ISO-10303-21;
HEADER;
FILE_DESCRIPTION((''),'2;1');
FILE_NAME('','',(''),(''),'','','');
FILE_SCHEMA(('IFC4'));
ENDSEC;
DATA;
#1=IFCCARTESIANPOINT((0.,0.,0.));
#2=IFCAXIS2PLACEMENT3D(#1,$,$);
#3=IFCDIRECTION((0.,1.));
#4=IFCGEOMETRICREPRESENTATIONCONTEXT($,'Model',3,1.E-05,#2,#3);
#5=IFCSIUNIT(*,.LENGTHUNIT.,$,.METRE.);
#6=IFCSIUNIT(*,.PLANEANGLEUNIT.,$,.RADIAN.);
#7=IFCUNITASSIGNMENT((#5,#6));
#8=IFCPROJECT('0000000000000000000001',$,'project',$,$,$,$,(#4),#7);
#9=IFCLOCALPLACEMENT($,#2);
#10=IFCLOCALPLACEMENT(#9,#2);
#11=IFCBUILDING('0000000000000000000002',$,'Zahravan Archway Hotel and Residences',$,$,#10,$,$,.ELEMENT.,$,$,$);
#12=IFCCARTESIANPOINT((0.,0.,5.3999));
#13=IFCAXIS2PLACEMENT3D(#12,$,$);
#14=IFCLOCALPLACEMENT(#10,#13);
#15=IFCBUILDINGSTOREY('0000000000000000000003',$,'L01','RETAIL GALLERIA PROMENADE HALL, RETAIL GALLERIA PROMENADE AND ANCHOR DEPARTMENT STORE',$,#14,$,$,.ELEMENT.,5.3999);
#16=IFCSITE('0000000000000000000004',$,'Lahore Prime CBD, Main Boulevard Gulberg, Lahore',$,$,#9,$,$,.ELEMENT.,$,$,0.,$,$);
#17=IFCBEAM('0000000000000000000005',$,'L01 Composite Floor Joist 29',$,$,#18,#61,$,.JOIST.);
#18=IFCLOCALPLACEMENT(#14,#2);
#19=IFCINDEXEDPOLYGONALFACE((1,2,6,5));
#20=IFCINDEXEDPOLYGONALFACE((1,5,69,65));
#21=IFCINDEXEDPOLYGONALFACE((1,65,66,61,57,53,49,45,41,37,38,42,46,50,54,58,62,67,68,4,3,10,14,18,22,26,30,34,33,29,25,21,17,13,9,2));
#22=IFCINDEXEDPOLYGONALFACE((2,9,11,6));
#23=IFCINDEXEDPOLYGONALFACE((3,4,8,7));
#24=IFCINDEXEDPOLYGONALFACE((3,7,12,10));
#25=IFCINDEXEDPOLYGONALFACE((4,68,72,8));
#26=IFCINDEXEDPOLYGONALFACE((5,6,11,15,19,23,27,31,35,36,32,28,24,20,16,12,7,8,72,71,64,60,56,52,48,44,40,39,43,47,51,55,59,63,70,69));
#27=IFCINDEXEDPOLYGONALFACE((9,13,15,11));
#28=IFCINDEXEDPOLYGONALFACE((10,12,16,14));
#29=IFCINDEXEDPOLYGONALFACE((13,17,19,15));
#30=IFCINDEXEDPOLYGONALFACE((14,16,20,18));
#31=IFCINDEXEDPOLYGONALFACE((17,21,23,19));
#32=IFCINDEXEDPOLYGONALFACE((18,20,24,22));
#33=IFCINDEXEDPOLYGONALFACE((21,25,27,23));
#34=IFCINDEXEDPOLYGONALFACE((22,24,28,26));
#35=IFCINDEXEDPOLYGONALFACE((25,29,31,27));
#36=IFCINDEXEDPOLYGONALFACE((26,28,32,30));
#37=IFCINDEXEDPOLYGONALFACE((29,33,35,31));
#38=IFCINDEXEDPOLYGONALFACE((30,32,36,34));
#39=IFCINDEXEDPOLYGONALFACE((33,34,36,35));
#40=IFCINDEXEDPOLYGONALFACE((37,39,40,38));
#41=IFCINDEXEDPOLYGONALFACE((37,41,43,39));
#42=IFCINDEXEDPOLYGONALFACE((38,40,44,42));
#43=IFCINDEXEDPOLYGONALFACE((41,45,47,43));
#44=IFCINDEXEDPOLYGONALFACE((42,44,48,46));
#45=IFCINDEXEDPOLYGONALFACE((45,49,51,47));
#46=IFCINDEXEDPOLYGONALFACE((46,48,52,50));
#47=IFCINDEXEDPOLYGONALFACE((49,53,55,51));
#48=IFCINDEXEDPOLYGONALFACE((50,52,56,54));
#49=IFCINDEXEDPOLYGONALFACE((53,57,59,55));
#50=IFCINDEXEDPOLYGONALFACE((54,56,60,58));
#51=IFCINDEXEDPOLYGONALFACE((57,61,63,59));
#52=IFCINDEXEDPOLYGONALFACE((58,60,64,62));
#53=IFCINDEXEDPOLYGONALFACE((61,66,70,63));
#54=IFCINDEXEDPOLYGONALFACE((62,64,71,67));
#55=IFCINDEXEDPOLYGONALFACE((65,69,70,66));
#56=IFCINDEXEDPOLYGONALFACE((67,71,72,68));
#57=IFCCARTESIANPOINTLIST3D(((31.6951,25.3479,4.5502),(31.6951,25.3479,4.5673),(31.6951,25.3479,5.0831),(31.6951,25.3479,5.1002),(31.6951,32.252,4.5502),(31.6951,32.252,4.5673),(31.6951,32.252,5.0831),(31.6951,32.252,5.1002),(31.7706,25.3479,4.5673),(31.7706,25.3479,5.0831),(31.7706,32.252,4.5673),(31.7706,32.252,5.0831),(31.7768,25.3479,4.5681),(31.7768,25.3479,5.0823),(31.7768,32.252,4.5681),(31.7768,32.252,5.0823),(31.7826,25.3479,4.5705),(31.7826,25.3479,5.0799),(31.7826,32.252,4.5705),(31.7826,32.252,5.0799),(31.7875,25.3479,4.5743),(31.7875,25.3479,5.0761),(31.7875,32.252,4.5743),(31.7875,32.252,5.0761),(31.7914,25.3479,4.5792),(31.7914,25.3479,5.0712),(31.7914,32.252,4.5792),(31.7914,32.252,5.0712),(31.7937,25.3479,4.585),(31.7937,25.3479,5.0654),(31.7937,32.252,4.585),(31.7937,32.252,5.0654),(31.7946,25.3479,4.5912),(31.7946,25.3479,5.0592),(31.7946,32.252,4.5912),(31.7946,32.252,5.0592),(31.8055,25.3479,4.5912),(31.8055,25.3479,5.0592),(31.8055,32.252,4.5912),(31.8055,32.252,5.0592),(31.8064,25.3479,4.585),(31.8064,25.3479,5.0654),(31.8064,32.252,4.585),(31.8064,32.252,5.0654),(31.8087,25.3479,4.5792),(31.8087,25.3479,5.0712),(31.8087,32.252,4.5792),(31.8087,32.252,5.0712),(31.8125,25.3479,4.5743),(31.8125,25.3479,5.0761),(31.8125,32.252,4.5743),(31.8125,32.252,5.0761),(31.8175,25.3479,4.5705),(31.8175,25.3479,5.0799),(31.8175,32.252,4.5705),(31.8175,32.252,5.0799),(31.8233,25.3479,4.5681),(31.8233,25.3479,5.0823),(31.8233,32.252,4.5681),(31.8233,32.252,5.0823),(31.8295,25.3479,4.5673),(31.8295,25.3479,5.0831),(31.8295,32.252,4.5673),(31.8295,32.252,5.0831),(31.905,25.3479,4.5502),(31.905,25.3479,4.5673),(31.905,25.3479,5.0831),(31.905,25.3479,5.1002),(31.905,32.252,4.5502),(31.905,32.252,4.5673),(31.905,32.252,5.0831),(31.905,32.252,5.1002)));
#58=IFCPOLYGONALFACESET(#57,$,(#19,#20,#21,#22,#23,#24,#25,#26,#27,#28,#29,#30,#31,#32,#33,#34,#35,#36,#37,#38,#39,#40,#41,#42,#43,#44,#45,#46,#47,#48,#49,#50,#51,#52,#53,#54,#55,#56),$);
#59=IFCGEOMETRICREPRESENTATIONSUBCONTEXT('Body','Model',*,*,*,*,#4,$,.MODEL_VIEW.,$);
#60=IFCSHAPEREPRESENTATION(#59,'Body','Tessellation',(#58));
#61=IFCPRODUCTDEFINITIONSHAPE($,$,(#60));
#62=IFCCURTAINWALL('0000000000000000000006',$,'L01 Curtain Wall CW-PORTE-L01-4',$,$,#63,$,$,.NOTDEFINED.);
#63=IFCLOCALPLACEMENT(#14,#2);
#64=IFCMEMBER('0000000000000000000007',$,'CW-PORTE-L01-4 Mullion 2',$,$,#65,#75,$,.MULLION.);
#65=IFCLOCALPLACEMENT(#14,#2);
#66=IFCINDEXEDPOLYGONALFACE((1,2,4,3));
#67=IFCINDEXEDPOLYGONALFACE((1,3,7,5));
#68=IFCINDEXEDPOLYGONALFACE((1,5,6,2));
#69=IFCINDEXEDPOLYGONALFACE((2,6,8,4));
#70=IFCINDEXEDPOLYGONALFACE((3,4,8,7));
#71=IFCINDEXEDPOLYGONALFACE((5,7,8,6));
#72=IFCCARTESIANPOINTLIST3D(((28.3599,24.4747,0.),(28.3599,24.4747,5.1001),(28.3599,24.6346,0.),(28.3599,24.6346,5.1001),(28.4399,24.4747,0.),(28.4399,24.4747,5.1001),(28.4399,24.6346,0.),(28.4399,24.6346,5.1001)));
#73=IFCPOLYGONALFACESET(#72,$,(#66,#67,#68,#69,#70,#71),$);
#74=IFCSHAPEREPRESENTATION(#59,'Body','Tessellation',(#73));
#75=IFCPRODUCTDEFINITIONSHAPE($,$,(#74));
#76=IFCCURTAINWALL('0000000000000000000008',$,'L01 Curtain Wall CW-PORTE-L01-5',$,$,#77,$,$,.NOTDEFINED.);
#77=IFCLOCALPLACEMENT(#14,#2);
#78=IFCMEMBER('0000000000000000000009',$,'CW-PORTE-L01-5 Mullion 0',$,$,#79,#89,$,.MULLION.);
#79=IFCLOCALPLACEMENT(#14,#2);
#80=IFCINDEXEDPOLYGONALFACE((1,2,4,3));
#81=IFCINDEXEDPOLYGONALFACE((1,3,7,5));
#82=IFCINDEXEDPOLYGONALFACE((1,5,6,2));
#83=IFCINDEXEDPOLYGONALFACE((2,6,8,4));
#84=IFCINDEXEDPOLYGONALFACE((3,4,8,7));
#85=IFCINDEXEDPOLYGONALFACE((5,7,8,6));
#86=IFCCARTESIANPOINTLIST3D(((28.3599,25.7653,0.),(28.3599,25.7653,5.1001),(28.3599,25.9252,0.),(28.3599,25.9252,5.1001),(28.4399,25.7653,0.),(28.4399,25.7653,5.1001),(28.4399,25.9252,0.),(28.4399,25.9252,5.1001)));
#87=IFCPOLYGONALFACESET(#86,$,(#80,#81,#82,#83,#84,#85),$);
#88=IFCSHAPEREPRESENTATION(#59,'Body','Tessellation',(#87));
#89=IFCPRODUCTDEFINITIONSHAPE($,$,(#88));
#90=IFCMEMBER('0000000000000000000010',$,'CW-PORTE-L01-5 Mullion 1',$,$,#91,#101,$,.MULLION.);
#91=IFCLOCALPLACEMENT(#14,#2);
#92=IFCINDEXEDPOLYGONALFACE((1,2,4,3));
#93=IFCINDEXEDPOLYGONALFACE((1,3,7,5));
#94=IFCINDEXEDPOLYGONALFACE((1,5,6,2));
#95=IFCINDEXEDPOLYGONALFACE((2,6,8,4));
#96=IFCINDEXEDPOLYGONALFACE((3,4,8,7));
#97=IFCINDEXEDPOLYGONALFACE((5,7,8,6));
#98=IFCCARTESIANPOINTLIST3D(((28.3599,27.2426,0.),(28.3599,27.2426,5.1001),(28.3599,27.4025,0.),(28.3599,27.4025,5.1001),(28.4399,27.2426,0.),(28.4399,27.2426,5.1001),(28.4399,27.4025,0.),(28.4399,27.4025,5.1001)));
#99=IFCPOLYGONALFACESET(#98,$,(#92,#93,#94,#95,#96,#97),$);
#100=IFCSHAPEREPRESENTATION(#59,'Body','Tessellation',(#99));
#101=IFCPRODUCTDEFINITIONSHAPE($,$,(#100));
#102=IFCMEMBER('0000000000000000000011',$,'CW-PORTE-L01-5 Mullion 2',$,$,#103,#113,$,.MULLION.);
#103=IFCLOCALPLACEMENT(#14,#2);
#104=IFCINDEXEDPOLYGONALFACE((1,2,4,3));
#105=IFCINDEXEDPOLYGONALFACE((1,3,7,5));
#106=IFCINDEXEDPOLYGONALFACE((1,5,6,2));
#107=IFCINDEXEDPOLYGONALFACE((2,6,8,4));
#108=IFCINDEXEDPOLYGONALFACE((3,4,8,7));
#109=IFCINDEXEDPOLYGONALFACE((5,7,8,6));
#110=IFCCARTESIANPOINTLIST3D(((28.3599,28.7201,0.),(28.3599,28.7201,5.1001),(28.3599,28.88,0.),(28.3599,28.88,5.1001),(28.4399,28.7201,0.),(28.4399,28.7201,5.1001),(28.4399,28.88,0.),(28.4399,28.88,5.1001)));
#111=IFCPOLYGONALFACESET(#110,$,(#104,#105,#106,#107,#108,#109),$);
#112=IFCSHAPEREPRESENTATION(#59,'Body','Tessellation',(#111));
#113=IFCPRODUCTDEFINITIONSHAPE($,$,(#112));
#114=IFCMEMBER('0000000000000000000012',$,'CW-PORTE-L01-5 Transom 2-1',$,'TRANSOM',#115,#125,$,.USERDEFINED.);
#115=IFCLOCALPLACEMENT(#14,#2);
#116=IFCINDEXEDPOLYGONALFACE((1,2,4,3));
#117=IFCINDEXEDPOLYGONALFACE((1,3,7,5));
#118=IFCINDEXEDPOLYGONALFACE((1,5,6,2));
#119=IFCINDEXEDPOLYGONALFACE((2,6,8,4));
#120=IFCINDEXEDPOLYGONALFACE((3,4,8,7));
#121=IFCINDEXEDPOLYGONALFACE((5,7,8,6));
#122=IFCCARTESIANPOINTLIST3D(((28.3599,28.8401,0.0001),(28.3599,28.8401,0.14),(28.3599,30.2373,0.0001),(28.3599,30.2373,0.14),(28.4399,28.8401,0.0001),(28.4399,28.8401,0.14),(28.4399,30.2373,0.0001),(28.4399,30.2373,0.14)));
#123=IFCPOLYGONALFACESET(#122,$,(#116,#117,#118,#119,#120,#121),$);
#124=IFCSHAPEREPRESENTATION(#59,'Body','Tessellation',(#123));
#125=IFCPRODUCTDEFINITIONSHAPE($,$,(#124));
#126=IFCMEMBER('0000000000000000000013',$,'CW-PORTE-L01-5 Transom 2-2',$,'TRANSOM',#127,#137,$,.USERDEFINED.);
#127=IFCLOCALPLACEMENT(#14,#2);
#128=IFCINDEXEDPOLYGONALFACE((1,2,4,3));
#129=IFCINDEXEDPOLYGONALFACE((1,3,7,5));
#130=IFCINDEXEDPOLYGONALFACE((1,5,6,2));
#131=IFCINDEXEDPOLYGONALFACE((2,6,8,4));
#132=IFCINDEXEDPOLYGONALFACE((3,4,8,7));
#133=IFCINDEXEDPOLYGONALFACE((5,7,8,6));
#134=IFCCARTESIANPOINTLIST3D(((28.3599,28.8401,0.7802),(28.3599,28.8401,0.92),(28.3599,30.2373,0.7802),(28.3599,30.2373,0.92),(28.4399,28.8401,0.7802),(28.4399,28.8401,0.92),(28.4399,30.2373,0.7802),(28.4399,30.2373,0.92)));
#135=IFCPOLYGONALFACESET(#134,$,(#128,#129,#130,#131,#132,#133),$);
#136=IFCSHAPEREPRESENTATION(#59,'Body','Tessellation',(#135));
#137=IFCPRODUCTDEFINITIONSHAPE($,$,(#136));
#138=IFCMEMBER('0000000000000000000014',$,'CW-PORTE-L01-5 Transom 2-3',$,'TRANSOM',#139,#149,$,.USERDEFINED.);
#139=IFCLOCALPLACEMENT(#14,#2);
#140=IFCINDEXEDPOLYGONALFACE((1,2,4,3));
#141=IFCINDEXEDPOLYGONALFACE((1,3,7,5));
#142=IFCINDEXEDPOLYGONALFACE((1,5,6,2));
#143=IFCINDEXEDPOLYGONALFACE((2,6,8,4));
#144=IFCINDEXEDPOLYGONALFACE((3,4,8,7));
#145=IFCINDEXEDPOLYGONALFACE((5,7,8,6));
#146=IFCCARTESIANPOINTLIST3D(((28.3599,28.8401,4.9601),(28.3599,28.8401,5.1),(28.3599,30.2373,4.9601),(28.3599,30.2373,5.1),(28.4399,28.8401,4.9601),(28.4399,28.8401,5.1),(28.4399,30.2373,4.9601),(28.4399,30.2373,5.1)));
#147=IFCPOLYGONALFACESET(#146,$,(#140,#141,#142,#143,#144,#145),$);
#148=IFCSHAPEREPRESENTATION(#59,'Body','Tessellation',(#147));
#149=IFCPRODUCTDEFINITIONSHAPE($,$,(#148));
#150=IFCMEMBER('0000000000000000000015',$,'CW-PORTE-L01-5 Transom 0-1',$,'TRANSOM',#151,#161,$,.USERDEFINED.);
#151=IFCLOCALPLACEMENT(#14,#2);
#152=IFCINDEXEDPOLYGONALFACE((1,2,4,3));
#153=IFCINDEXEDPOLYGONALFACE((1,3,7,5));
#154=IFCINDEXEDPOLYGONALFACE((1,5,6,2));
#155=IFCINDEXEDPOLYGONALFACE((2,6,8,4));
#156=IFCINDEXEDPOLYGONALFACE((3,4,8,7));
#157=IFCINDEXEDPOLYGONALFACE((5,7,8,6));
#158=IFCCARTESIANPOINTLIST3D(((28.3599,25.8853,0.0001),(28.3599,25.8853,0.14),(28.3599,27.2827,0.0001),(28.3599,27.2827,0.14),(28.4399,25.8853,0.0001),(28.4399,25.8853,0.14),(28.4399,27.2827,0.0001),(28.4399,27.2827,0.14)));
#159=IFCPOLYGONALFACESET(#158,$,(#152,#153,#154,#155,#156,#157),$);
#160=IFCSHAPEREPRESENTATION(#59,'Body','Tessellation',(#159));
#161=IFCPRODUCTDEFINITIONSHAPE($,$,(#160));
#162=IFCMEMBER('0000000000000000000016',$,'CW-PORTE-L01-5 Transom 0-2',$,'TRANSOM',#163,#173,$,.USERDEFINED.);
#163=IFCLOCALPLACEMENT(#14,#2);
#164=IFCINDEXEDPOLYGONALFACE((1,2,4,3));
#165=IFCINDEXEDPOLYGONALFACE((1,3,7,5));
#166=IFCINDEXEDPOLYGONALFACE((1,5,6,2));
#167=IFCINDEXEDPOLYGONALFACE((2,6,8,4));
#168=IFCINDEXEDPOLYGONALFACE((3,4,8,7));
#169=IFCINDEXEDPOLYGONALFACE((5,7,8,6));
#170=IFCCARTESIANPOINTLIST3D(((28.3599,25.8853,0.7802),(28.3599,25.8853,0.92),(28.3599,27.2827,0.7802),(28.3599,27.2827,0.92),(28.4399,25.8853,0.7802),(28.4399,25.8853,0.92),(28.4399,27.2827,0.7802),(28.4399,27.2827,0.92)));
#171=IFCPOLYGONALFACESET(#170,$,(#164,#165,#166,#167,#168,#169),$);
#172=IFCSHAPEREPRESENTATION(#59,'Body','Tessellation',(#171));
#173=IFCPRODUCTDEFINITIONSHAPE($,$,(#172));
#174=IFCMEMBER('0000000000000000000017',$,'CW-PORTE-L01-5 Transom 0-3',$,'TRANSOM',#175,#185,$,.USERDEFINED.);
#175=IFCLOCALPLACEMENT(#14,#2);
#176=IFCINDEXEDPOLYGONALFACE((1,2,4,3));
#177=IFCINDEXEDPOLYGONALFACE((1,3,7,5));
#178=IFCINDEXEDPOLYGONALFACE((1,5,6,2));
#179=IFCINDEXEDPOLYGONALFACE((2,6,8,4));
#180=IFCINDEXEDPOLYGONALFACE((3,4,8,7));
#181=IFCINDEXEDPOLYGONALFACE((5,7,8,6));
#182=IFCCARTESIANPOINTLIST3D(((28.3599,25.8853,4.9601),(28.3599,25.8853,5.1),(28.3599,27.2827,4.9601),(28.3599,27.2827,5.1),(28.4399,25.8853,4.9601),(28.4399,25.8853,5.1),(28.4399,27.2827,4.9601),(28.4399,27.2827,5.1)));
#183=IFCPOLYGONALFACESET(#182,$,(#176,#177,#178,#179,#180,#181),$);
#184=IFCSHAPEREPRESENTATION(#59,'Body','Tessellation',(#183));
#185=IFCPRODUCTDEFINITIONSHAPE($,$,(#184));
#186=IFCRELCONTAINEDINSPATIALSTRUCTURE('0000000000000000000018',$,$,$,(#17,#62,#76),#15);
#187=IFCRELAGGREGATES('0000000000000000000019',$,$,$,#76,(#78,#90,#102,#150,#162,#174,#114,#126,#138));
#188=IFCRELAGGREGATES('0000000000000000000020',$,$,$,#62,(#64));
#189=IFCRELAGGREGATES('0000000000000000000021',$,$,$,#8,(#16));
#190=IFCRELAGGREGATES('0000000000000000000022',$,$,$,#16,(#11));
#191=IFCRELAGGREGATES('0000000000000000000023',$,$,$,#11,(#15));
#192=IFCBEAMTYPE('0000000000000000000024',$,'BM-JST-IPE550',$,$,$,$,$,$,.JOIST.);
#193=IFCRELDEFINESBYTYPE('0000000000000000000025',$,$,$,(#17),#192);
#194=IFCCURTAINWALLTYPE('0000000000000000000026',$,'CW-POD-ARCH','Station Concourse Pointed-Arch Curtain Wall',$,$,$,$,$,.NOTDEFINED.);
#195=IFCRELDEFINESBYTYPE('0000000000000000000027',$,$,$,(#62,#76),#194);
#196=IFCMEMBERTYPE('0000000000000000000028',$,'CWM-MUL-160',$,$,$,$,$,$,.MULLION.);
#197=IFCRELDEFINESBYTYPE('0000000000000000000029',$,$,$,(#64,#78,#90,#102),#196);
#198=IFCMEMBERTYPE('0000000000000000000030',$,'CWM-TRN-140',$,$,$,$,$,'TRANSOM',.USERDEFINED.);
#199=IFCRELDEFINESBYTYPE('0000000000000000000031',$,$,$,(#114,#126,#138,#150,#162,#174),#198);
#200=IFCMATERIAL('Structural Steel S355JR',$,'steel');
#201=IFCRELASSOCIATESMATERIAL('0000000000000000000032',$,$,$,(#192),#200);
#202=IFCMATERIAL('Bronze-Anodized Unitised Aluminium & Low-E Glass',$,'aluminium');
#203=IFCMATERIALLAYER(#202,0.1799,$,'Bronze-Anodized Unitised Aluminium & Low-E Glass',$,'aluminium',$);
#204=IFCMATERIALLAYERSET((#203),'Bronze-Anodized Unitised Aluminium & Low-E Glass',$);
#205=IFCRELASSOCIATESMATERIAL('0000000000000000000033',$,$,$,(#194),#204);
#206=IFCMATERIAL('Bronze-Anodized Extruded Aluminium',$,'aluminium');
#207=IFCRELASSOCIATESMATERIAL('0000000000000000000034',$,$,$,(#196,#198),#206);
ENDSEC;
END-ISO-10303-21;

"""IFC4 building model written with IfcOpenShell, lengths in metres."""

from ifc_helpers import new_model, si_unit, direction, frame, origin, origin_2d, place, context, subcontext, project, spatial, rectangle, i_section, extrude, source, transform, mapped, material, layer, layer_set, material_profile, profile_set, type_object, type_shapes, element, aggregate, save


model = new_model("IFC4")

# Units and contexts
model_context = context("Model", 3, precision=1e-05, world=origin(), true_north=direction((0.0, 1.0)))
body_context = subcontext(model_context, "Body", "Model", "MODEL_VIEW")
ifc_project = project(units=[si_unit("LENGTHUNIT", "METRE"), si_unit("PLANEANGLEUNIT", "RADIAN")], contexts=[model_context])

# Site, building, storey
site_placement = place(None, origin())
site = spatial("IfcSite", under=ifc_project, at=site_placement, Name="Lahore Prime CBD, Main Boulevard Gulberg, Lahore", CompositionType="ELEMENT", RefElevation=0.0)
building_placement = place(site_placement, origin())
building = spatial("IfcBuilding", under=site, at=building_placement, Name="Zahravan Archway Hotel and Residences", CompositionType="ELEMENT")
storey_placement = place(building_placement, frame((0.0, 0.0, 5.3999)))
storey = spatial("IfcBuildingStorey", under=building, at=storey_placement, Name="L01", Description="RETAIL GALLERIA PROMENADE HALL, RETAIL GALLERIA PROMENADE AND ANCHOR DEPARTMENT STORE", CompositionType="ELEMENT", Elevation=5.3999)

# Beam
ifc_material_1 = material(Name="Structural Steel S355JR", Category="steel")
ifc_material_profile_1 = material_profile(ifc_material_1, i_section(OverallWidth=0.21, OverallDepth=0.55, WebThickness=0.011, FlangeThickness=0.0171, FilletRadius=0.0239, at=origin_2d()), Name="IPE 550", Category="steel")
ifc_profile_set_1 = profile_set([ifc_material_profile_1], Name="Structural Steel S355JR")
beam_type_1 = type_object("IfcBeamType", Name="BM-JST-IPE550", PredefinedType="JOIST", material=ifc_profile_set_1)
shared_shape_1 = source(origin(), body_context, "Body", "SweptSolid", [
    extrude(i_section(OverallWidth=0.21, OverallDepth=0.55, WebThickness=0.011, FlangeThickness=0.0171, FilletRadius=0.0239, at=origin_2d()), origin(), (0.0, 0.0, 1.0), 6.9041),
])
type_shapes(beam_type_1, [shared_shape_1])
beam_1_placement = place(storey_placement, frame((31.8, 25.3479, 4.8252), z_axis=(0.0, 1.0, 0.0), x_axis=(-1.0, 0.0, 0.0)))
element("IfcBeam", 1, at=beam_1_placement, inside=storey, type_object=beam_type_1, Name="L01 Composite Floor Joist 29", PredefinedType="JOIST", context=body_context, shape_type="MappedRepresentation", body=[
    mapped(shared_shape_1, transform((0.0, 0.0, 0.0), scale=1.0)),
])

# Curtain wall, member
ifc_material_2 = material(Name="Bronze-Anodized Unitised Aluminium & Low-E Glass", Category="aluminium")
ifc_layer_1 = layer(ifc_material_2, 0.1799, Name="Bronze-Anodized Unitised Aluminium & Low-E Glass", Category="aluminium")
ifc_layer_set_1 = layer_set([ifc_layer_1], Name="Bronze-Anodized Unitised Aluminium & Low-E Glass")
curtain_wall_type = type_object("IfcCurtainWallType", Name="CW-POD-ARCH", Description="Station Concourse Pointed-Arch Curtain Wall", PredefinedType="NOTDEFINED", material=ifc_layer_set_1)
curtain_wall_1_placement = place(storey_placement, origin())
curtain_wall_1 = element("IfcCurtainWall", 2, at=curtain_wall_1_placement, inside=storey, type_object=curtain_wall_type, Name="L01 Curtain Wall CW-PORTE-L01-4", PredefinedType="NOTDEFINED")
ifc_material_3 = material(Name="Bronze-Anodized Extruded Aluminium", Category="aluminium")
ifc_material_profile_2 = material_profile(ifc_material_3, rectangle(XDim=0.0801, YDim=0.1599, at=origin_2d()), Name="MUL 80x160", Category="aluminium")
ifc_profile_set_2 = profile_set([ifc_material_profile_2], Name="Bronze-Anodized Extruded Aluminium")
member_type_1 = type_object("IfcMemberType", Name="CWM-MUL-160", PredefinedType="MULLION", material=ifc_profile_set_2)
shared_shape_2 = source(origin(), body_context, "Body", "SweptSolid", [
    extrude(rectangle(XDim=0.0801, YDim=0.1599, at=origin_2d()), origin(), (0.0, 0.0, 1.0), 5.1001),
])
member_1_placement = place(storey_placement, frame((28.3999, 24.5547, 0.0), z_axis=(0.0, 0.0, 1.0), x_axis=(1.0, 0.0, 0.0)))
member_1 = element("IfcMember", 3, at=member_1_placement, type_object=member_type_1, Name="CW-PORTE-L01-4 Mullion 2", PredefinedType="MULLION", context=body_context, shape_type="MappedRepresentation", body=[
    mapped(shared_shape_2, transform((0.0, 0.0, 0.0), scale=1.0)),
])

# Curtain wall, members
curtain_wall_2_placement = place(storey_placement, origin())
curtain_wall_2 = element("IfcCurtainWall", 4, at=curtain_wall_2_placement, inside=storey, type_object=curtain_wall_type, Name="L01 Curtain Wall CW-PORTE-L01-5", PredefinedType="NOTDEFINED")
member_2_placement = place(storey_placement, frame((28.3999, 25.8452, 0.0), z_axis=(0.0, 0.0, 1.0), x_axis=(1.0, 0.0, 0.0)))
member_2 = element("IfcMember", 5, at=member_2_placement, type_object=member_type_1, Name="CW-PORTE-L01-5 Mullion 0", PredefinedType="MULLION", context=body_context, shape_type="MappedRepresentation", body=[
    mapped(shared_shape_2, transform((0.0, 0.0, 0.0), scale=1.0)),
])
member_3_placement = place(storey_placement, frame((28.3999, 27.3225, 0.0), z_axis=(0.0, 0.0, 1.0), x_axis=(1.0, 0.0, 0.0)))
member_3 = element("IfcMember", 6, at=member_3_placement, type_object=member_type_1, Name="CW-PORTE-L01-5 Mullion 1", PredefinedType="MULLION", context=body_context, shape_type="MappedRepresentation", body=[
    mapped(shared_shape_2, transform((0.0, 0.0, 0.0), scale=1.0)),
])
member_4_placement = place(storey_placement, frame((28.3999, 28.8, 0.0), z_axis=(0.0, 0.0, 1.0), x_axis=(1.0, 0.0, 0.0)))
member_4 = element("IfcMember", 7, at=member_4_placement, type_object=member_type_1, Name="CW-PORTE-L01-5 Mullion 2", PredefinedType="MULLION", context=body_context, shape_type="MappedRepresentation", body=[
    mapped(shared_shape_2, transform((0.0, 0.0, 0.0), scale=1.0)),
])
ifc_material_profile_3 = material_profile(ifc_material_3, rectangle(XDim=0.0801, YDim=0.1399, at=origin_2d()), Name="TRN 80x140", Category="aluminium")
ifc_profile_set_3 = profile_set([ifc_material_profile_3], Name="Bronze-Anodized Extruded Aluminium")
member_type_2 = type_object("IfcMemberType", Name="CWM-TRN-140", ElementType="TRANSOM", PredefinedType="USERDEFINED", material=ifc_profile_set_3)
shared_shape_3 = source(origin(), body_context, "Body", "SweptSolid", [
    extrude(rectangle(XDim=0.0801, YDim=0.1399, at=origin_2d()), origin(), (0.0, 0.0, 1.0), 1.3972),
])
member_5_placement = place(storey_placement, frame((28.3999, 28.8401, 0.0701), z_axis=(0.0, 1.0, 0.0), x_axis=(-1.0, 0.0, 0.0)))
member_5 = element("IfcMember", 8, at=member_5_placement, type_object=member_type_2, Name="CW-PORTE-L01-5 Transom 2-1", ObjectType="TRANSOM", PredefinedType="USERDEFINED", context=body_context, shape_type="MappedRepresentation", body=[
    mapped(shared_shape_3, transform((0.0, 0.0, 0.0), scale=1.0)),
])
member_6_placement = place(storey_placement, frame((28.3999, 28.8401, 0.8501), z_axis=(0.0, 1.0, 0.0), x_axis=(-1.0, 0.0, 0.0)))
member_6 = element("IfcMember", 9, at=member_6_placement, type_object=member_type_2, Name="CW-PORTE-L01-5 Transom 2-2", ObjectType="TRANSOM", PredefinedType="USERDEFINED", context=body_context, shape_type="MappedRepresentation", body=[
    mapped(shared_shape_3, transform((0.0, 0.0, 0.0), scale=1.0)),
])
member_7_placement = place(storey_placement, frame((28.3999, 28.8401, 5.03), z_axis=(0.0, 1.0, 0.0), x_axis=(-1.0, 0.0, 0.0)))
member_7 = element("IfcMember", 10, at=member_7_placement, type_object=member_type_2, Name="CW-PORTE-L01-5 Transom 2-3", ObjectType="TRANSOM", PredefinedType="USERDEFINED", context=body_context, shape_type="MappedRepresentation", body=[
    mapped(shared_shape_3, transform((0.0, 0.0, 0.0), scale=1.0)),
])
shared_shape_4 = source(origin(), body_context, "Body", "SweptSolid", [
    extrude(rectangle(XDim=0.0801, YDim=0.1399, at=origin_2d()), origin(), (0.0, 0.0, 1.0), 1.3975),
])
member_8_placement = place(storey_placement, frame((28.3999, 25.8853, 0.0701), z_axis=(0.0, 1.0, 0.0), x_axis=(-1.0, 0.0, 0.0)))
member_8 = element("IfcMember", 11, at=member_8_placement, type_object=member_type_2, Name="CW-PORTE-L01-5 Transom 0-1", ObjectType="TRANSOM", PredefinedType="USERDEFINED", context=body_context, shape_type="MappedRepresentation", body=[
    mapped(shared_shape_4, transform((0.0, 0.0, 0.0), scale=1.0)),
])
member_9_placement = place(storey_placement, frame((28.3999, 25.8853, 0.8501), z_axis=(0.0, 1.0, 0.0), x_axis=(-1.0, 0.0, 0.0)))
member_9 = element("IfcMember", 12, at=member_9_placement, type_object=member_type_2, Name="CW-PORTE-L01-5 Transom 0-2", ObjectType="TRANSOM", PredefinedType="USERDEFINED", context=body_context, shape_type="MappedRepresentation", body=[
    mapped(shared_shape_4, transform((0.0, 0.0, 0.0), scale=1.0)),
])
member_10_placement = place(storey_placement, frame((28.3999, 25.8853, 5.03), z_axis=(0.0, 1.0, 0.0), x_axis=(-1.0, 0.0, 0.0)))
member_10 = element("IfcMember", 13, at=member_10_placement, type_object=member_type_2, Name="CW-PORTE-L01-5 Transom 0-3", ObjectType="TRANSOM", PredefinedType="USERDEFINED", context=body_context, shape_type="MappedRepresentation", body=[
    mapped(shared_shape_4, transform((0.0, 0.0, 0.0), scale=1.0)),
])

aggregate(curtain_wall_2, [member_2, member_3, member_4, member_8, member_9, member_10, member_5, member_6, member_7])
aggregate(curtain_wall_1, [member_1])

save(model, "model.ifc")
